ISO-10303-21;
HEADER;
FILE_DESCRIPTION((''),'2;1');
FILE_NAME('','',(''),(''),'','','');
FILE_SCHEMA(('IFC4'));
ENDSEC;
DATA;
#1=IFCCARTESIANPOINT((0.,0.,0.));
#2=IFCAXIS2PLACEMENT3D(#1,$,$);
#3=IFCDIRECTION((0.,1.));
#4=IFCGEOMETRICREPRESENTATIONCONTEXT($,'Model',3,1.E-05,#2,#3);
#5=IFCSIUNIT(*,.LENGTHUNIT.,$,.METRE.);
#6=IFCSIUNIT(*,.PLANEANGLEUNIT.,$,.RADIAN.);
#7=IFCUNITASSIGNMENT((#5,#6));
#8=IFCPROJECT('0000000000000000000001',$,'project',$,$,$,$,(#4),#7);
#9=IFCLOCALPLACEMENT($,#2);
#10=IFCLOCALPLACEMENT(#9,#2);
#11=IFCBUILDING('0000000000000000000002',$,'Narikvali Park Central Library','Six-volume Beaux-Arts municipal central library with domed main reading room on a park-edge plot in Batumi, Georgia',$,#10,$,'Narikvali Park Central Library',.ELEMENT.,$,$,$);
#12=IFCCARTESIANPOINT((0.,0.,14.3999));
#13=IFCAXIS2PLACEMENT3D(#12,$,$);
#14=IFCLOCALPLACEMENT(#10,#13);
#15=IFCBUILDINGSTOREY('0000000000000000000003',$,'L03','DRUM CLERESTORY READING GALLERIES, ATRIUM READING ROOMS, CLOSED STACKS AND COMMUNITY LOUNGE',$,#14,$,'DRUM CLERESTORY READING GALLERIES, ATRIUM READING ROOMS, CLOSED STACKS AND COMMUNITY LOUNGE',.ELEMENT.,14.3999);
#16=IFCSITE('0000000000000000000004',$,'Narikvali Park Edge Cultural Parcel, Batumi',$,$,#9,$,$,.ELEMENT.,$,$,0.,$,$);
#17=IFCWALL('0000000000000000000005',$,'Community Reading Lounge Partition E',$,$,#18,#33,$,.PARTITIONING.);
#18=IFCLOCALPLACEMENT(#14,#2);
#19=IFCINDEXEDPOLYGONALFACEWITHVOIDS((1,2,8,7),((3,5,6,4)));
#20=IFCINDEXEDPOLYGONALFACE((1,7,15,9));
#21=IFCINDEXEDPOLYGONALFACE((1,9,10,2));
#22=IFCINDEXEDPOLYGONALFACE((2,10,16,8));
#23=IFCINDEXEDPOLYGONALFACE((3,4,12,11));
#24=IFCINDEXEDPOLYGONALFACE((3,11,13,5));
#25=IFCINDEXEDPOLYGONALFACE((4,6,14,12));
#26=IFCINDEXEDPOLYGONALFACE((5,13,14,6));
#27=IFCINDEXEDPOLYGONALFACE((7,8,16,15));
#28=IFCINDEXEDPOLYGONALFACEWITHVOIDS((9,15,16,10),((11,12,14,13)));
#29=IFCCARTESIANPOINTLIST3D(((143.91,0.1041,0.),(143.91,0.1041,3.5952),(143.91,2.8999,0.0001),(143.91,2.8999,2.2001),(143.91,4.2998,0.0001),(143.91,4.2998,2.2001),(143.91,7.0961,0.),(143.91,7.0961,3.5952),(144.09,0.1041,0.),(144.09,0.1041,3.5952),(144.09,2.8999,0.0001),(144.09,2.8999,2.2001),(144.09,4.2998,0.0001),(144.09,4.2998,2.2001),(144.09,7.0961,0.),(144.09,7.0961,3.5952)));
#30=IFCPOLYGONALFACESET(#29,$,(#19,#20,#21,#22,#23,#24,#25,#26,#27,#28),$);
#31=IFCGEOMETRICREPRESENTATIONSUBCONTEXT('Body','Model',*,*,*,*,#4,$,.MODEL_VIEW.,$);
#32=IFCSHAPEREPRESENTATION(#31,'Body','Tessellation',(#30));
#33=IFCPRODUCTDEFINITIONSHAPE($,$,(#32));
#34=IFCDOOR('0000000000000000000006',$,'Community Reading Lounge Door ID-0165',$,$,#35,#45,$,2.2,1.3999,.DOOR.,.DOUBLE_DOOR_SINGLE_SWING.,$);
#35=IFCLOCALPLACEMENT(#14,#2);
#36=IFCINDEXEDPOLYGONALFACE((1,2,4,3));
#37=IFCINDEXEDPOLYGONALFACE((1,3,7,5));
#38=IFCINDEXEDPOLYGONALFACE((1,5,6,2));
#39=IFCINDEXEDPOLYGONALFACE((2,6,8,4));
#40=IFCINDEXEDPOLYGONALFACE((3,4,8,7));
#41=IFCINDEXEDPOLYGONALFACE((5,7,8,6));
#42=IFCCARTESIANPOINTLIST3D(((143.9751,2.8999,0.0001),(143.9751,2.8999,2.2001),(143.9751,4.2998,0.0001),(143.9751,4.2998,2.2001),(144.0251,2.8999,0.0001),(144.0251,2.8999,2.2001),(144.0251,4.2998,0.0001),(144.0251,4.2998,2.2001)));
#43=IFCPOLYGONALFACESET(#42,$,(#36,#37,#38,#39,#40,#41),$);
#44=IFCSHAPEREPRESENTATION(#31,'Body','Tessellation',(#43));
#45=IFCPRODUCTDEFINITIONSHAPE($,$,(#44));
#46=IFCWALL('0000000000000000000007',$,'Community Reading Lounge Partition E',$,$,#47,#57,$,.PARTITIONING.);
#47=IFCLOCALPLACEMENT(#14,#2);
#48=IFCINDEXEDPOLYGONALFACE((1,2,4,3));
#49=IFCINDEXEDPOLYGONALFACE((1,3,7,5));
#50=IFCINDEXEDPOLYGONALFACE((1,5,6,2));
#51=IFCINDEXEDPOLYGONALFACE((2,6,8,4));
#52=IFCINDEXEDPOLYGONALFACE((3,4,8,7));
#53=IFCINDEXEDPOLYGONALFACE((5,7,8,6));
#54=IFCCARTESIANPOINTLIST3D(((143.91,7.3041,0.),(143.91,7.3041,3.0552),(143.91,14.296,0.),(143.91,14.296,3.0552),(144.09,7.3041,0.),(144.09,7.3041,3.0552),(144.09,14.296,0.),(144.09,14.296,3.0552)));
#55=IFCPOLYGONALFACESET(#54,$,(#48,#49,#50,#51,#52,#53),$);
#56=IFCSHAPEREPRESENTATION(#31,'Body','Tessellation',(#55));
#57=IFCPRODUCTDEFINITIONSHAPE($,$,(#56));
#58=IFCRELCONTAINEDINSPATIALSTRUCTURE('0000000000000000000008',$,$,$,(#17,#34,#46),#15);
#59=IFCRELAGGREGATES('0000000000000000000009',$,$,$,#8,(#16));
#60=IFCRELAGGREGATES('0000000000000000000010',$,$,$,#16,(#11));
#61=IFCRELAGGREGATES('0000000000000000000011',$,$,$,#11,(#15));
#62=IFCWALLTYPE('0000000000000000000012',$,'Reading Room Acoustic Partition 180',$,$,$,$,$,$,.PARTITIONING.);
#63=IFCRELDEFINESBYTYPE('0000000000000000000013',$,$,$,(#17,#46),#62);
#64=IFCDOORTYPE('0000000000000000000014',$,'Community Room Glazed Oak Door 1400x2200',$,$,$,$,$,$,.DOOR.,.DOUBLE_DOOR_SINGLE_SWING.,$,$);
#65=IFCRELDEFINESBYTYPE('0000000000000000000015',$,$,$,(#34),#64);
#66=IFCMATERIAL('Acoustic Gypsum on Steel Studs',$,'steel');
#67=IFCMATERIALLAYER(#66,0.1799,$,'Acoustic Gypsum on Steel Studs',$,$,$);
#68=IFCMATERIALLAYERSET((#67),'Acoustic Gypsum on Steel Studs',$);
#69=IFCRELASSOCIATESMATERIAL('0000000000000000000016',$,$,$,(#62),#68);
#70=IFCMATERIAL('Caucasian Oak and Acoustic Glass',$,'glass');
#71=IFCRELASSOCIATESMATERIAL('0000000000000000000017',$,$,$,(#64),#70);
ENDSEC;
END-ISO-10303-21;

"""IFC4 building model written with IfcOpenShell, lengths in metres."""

from ifc_helpers import new_model, si_unit, direction, frame, frame_2d, origin, place, context, subcontext, project, spatial, rectangle, extrude, material, layer, layer_set, type_object, element, fill, save


model = new_model("IFC4")

# Units and contexts
model_context = context("Model", 3, precision=1e-05, world=origin(), true_north=direction((0.0, 1.0)))
body_context = subcontext(model_context, "Body", "Model", "MODEL_VIEW")
ifc_project = project(units=[si_unit("LENGTHUNIT", "METRE"), si_unit("PLANEANGLEUNIT", "RADIAN")], contexts=[model_context])

# Site, building, storey
site_placement = place(None, origin())
site = spatial("IfcSite", under=ifc_project, at=site_placement, Name="Narikvali Park Edge Cultural Parcel, Batumi", CompositionType="ELEMENT", RefElevation=0.0)
building_placement = place(site_placement, origin())
building = spatial("IfcBuilding", under=site, at=building_placement, Name="Narikvali Park Central Library", Description="Six-volume Beaux-Arts municipal central library with domed main reading room on a park-edge plot in Batumi, Georgia", LongName="Narikvali Park Central Library", CompositionType="ELEMENT")
storey_placement = place(building_placement, frame((0.0, 0.0, 14.3999)))
storey = spatial("IfcBuildingStorey", under=building, at=storey_placement, Name="L03", Description="DRUM CLERESTORY READING GALLERIES, ATRIUM READING ROOMS, CLOSED STACKS AND COMMUNITY LOUNGE", LongName="DRUM CLERESTORY READING GALLERIES, ATRIUM READING ROOMS, CLOSED STACKS AND COMMUNITY LOUNGE", CompositionType="ELEMENT", Elevation=14.3999)

# Shared definitions
ifc_material_1 = material(Name="Acoustic Gypsum on Steel Studs", Category="steel")
ifc_layer = layer(ifc_material_1, 0.1799, Name="Acoustic Gypsum on Steel Studs")
ifc_layer_set = layer_set([ifc_layer], Name="Acoustic Gypsum on Steel Studs")
wall_type = type_object("IfcWallType", Name="Reading Room Acoustic Partition 180", PredefinedType="PARTITIONING", material=ifc_layer_set)

# Wall, opening, door
wall_1_placement = place(storey_placement, frame((144.0, 0.104, 0.0), z_axis=(0.0, 0.0, 1.0), x_axis=(0.0, 1.0, 0.0)))
wall_1 = element("IfcWall", 1, at=wall_1_placement, inside=storey, type_object=wall_type, Name="Community Reading Lounge Partition E", PredefinedType="PARTITIONING", context=body_context, shape_type="SweptSolid", body=[
    extrude(rectangle(XDim=6.9919, YDim=0.1799, at=frame_2d((3.4961, 0.0))), origin(), (0.0, 0.0, 1.0), 3.5952),
])
opening_placement = place(wall_1_placement, frame((2.7959, 0.0, 0.0)))
opening = element("IfcOpeningElement", 2, at=opening_placement, cuts=wall_1, PredefinedType="OPENING", context=body_context, shape_type="SweptSolid", body=[
    extrude(rectangle(XDim=1.3999, YDim=2.2, at=frame_2d((0.7, 1.1001))), frame((0.0, 0.1021, 0.0), z_axis=(0.0, -1.0, 0.0), x_axis=(1.0, 0.0, 0.0)), (0.0, 0.0, 1.0), 0.2039),
])
ifc_material_2 = material(Name="Caucasian Oak and Acoustic Glass", Category="glass")
door_type = type_object("IfcDoorType", Name="Community Room Glazed Oak Door 1400x2200", OperationType="DOUBLE_DOOR_SINGLE_SWING", PredefinedType="DOOR", material=ifc_material_2)
door_placement = place(opening_placement, origin())
door = element("IfcDoor", 3, at=door_placement, inside=storey, type_object=door_type, Name="Community Reading Lounge Door ID-0165", OperationType="DOUBLE_DOOR_SINGLE_SWING", OverallHeight=2.2, OverallWidth=1.3999, PredefinedType="DOOR", context=body_context, shape_type="SweptSolid", body=[
    extrude(rectangle(XDim=1.3999, YDim=2.2, at=frame_2d((0.7, 1.1001))), frame((0.0, 0.0249, 0.0), z_axis=(0.0, -1.0, 0.0), x_axis=(1.0, 0.0, 0.0)), (0.0, 0.0, 1.0), 0.05),
])
fill(opening, door)

# Wall
wall_2_placement = place(storey_placement, frame((144.0, 7.304, 0.0), z_axis=(0.0, 0.0, 1.0), x_axis=(0.0, 1.0, 0.0)))
element("IfcWall", 4, at=wall_2_placement, inside=storey, type_object=wall_type, Name="Community Reading Lounge Partition E", PredefinedType="PARTITIONING", context=body_context, shape_type="SweptSolid", body=[
    extrude(rectangle(XDim=6.9919, YDim=0.1799, at=frame_2d((3.4961, 0.0))), origin(), (0.0, 0.0, 1.0), 3.0552),
])

save(model, "model.ifc")
